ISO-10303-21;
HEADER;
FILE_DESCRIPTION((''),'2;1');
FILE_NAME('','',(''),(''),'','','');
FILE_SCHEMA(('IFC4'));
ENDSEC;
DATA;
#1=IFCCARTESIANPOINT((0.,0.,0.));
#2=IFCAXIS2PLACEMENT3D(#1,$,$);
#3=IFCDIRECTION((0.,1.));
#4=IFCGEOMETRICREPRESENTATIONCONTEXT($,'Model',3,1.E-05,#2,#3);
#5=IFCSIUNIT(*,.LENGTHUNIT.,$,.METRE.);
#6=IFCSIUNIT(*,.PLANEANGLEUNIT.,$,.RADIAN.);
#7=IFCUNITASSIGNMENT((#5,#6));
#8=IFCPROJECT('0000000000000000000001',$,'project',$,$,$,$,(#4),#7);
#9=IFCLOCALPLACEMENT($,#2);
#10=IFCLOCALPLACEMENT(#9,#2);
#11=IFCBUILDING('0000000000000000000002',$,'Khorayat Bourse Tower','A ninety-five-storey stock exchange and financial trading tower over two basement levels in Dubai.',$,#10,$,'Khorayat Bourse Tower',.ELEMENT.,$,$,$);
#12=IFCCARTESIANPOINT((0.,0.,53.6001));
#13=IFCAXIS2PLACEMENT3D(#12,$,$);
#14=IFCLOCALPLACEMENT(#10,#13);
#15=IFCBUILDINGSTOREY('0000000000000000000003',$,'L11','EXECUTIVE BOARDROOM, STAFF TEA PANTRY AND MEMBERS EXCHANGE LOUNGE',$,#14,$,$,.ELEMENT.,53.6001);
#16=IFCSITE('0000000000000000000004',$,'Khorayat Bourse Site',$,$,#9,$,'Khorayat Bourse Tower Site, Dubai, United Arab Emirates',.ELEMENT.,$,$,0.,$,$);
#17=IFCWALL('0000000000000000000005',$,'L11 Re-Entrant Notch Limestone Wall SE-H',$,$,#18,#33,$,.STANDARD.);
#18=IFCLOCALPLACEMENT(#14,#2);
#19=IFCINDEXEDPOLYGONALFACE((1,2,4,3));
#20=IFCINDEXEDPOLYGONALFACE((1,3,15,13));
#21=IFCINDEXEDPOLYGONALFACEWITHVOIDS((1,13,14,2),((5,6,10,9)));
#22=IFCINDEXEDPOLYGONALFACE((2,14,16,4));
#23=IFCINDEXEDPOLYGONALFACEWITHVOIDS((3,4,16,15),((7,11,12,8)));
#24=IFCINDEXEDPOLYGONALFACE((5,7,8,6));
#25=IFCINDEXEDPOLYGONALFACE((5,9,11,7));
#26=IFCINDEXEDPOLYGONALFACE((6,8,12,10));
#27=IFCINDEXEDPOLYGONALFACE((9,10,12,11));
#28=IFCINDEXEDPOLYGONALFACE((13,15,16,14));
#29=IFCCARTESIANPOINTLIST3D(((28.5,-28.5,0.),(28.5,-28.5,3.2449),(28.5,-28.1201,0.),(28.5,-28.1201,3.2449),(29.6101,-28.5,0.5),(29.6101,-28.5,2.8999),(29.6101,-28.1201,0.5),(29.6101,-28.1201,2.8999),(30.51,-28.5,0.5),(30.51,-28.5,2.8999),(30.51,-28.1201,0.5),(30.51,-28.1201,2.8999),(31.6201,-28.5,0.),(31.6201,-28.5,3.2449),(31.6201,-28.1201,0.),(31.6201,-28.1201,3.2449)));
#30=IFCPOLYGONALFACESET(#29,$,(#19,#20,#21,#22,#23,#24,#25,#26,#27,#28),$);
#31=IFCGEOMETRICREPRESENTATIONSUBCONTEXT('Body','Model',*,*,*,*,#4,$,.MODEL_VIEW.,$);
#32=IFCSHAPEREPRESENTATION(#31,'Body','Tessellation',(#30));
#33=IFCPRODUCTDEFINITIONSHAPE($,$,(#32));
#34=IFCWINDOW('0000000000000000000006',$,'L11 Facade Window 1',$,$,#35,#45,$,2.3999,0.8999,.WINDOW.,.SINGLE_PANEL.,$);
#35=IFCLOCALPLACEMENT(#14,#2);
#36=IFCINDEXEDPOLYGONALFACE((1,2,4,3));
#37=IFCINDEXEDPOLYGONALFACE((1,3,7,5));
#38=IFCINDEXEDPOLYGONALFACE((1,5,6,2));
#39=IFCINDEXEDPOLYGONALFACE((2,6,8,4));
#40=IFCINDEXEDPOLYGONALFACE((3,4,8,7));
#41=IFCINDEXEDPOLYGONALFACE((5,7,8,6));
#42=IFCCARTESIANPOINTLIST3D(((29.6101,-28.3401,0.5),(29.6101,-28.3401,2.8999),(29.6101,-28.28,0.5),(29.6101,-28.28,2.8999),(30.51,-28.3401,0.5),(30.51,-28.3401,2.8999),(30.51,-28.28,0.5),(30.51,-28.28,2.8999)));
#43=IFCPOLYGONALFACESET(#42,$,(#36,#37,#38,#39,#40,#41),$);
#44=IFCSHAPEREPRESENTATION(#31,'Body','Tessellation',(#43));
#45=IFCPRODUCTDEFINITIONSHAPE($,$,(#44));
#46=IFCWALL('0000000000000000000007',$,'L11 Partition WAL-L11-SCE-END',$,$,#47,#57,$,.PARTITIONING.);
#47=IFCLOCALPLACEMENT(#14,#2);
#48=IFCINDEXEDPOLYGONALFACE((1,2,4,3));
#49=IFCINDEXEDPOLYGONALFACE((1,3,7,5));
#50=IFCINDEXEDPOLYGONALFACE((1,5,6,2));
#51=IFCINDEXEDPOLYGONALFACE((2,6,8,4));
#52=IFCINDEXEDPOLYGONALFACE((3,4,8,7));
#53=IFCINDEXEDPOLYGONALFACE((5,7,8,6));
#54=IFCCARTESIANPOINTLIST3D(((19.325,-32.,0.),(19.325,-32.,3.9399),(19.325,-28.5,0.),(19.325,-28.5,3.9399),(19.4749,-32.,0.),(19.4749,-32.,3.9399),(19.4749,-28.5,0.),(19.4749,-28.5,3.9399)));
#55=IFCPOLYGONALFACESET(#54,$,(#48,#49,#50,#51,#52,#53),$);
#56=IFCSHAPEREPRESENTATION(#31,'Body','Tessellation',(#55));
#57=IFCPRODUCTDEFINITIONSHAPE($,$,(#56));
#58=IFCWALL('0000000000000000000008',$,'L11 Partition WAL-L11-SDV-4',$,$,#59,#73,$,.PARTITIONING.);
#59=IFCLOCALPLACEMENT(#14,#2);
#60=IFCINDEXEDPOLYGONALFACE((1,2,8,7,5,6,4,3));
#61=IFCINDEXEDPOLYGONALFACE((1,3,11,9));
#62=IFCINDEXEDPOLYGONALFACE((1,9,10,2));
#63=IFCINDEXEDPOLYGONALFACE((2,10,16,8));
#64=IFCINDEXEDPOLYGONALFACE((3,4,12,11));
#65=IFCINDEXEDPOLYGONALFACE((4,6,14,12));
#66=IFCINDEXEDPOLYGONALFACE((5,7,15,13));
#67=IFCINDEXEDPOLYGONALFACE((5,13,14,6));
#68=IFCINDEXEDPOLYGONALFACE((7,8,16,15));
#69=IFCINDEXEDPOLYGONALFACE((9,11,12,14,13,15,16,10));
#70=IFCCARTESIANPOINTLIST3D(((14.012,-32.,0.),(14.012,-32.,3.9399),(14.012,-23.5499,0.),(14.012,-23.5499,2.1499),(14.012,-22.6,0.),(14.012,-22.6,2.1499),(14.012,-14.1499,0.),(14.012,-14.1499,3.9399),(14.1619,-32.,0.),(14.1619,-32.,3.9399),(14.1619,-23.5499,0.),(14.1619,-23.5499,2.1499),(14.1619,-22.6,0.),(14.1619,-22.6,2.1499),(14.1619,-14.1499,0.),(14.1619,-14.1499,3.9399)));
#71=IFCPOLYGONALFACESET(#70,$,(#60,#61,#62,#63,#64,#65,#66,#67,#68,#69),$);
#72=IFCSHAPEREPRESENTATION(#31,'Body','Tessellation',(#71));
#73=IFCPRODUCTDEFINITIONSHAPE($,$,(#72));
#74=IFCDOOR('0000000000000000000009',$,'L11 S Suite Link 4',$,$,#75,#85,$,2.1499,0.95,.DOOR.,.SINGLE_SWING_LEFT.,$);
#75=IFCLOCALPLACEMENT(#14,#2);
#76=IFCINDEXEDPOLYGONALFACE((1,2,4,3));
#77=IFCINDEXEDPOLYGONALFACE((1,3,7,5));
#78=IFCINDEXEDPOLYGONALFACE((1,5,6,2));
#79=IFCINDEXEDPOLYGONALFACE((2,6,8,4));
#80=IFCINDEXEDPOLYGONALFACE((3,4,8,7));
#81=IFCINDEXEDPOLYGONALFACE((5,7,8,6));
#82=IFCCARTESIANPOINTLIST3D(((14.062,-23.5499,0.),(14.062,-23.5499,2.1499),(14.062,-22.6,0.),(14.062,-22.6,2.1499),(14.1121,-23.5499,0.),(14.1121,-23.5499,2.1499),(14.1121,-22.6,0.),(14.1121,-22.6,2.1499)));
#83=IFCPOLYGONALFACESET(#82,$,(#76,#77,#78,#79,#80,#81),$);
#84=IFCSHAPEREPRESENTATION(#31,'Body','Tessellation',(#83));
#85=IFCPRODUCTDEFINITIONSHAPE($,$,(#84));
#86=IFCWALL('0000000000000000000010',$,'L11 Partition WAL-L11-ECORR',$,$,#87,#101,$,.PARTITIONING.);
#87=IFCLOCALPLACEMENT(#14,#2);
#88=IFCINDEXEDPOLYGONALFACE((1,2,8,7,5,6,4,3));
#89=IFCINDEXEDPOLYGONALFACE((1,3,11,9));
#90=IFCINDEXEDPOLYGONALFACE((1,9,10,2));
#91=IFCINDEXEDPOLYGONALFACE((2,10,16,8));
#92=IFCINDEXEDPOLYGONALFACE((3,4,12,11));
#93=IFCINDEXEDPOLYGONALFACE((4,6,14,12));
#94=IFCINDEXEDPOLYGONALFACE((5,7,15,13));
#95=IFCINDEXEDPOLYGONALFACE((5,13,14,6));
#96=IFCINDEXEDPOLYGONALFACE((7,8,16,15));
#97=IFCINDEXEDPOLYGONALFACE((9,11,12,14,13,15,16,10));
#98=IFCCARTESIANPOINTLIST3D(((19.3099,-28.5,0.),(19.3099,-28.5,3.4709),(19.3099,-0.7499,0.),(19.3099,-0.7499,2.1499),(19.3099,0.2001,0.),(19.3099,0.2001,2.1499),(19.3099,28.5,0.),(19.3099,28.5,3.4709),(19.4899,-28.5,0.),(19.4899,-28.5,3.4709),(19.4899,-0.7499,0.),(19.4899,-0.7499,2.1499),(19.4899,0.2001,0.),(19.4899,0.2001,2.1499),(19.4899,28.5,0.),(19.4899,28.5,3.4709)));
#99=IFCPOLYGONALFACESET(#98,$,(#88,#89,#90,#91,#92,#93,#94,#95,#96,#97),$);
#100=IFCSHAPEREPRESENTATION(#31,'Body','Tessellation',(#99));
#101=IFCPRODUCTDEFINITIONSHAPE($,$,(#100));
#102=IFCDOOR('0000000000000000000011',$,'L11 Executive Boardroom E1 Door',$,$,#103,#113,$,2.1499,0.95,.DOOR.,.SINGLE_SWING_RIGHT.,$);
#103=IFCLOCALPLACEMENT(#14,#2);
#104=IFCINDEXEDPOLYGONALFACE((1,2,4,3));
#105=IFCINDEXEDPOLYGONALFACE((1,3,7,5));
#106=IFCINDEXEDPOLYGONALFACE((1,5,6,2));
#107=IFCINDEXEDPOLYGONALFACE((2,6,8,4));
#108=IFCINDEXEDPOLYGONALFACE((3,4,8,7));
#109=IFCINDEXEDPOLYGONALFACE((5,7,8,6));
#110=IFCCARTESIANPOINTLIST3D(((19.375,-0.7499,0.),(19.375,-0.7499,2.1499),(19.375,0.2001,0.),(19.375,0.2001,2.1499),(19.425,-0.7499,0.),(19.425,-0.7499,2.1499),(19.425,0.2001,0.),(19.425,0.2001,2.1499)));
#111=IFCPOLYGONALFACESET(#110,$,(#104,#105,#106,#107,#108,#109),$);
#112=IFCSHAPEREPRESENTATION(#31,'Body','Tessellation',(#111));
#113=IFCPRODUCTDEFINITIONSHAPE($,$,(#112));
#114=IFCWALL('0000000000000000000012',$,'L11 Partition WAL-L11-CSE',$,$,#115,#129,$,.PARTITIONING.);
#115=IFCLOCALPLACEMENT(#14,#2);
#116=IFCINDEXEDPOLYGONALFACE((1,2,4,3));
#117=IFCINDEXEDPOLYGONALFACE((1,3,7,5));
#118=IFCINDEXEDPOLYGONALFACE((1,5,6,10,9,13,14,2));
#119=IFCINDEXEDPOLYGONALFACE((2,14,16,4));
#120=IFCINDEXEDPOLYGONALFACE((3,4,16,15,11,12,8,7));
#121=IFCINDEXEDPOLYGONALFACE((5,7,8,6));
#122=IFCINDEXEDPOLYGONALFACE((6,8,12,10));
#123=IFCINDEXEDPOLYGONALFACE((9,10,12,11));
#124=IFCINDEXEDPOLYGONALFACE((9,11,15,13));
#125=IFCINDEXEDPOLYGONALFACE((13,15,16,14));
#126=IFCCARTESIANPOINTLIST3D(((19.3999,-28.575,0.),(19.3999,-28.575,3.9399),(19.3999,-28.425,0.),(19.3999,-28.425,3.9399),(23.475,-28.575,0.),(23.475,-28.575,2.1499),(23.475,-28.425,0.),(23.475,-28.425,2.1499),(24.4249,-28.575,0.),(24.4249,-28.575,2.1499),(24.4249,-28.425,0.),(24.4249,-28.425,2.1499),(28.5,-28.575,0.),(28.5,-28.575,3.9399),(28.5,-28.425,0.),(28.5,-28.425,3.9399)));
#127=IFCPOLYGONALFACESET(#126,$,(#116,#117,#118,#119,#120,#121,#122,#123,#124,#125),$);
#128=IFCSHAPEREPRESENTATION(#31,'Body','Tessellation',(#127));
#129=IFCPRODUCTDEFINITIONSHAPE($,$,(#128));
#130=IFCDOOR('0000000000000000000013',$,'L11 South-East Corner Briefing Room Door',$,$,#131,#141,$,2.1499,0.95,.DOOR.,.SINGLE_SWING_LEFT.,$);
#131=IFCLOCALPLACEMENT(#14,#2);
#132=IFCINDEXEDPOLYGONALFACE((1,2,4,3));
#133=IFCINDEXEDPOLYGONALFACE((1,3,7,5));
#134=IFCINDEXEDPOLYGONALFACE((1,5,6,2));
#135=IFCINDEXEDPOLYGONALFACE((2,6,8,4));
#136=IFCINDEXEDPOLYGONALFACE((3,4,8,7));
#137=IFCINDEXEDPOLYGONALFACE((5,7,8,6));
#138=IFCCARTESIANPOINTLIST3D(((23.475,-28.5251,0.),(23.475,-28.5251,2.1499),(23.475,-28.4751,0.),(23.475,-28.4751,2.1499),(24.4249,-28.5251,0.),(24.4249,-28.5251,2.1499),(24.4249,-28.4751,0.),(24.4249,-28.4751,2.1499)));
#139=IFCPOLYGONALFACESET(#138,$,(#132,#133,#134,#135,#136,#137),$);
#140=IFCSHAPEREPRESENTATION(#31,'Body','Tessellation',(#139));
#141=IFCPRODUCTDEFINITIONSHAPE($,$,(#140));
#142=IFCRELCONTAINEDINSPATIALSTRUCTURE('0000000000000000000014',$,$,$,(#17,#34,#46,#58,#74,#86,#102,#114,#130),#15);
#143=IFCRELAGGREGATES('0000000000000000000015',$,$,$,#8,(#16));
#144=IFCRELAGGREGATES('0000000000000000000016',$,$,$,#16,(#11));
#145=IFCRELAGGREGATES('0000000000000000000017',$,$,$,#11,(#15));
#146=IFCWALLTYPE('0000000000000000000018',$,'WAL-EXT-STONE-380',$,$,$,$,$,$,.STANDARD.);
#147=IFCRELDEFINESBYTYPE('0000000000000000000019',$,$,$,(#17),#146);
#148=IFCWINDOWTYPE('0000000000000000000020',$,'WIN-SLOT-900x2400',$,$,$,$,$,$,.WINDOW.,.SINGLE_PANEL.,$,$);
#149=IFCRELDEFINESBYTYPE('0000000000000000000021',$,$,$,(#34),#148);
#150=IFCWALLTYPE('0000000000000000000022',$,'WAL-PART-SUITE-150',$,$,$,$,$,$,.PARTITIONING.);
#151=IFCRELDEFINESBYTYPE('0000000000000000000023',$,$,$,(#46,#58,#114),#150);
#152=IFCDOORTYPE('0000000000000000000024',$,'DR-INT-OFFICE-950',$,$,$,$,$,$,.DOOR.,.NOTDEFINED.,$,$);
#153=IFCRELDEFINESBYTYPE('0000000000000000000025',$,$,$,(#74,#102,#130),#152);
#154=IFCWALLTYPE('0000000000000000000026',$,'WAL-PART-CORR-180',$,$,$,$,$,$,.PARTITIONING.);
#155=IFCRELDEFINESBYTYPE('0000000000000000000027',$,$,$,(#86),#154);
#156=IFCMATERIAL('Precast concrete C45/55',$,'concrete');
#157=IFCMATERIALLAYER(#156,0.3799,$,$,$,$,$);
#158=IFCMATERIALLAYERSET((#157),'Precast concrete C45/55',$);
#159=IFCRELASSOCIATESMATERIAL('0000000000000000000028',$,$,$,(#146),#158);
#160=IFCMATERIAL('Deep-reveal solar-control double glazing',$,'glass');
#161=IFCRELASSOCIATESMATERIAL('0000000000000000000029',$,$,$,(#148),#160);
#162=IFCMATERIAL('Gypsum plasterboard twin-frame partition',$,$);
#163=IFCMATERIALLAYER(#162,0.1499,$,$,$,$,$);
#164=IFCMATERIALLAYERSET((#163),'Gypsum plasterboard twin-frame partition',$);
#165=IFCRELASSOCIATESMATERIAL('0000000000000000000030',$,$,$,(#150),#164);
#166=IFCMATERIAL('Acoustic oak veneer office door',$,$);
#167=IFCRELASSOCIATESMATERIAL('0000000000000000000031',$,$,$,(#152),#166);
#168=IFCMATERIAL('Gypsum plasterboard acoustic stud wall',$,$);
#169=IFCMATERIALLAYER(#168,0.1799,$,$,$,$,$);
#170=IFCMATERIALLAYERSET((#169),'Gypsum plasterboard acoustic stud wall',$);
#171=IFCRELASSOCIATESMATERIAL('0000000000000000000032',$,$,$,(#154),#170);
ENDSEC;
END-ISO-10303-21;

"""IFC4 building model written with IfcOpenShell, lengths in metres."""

from ifc_helpers import new_model, si_unit, direction, frame, frame_2d, origin, place, context, subcontext, project, spatial, rectangle, extrude, source, transform, mapped, material, layer, layer_set, type_object, element, fill, save


model = new_model("IFC4")

# Units and contexts
model_context = context("Model", 3, precision=1e-05, world=origin(), true_north=direction((0.0, 1.0)))
body_context = subcontext(model_context, "Body", "Model", "MODEL_VIEW")
ifc_project = project(units=[si_unit("LENGTHUNIT", "METRE"), si_unit("PLANEANGLEUNIT", "RADIAN")], contexts=[model_context])

# Site, building, storey
site_placement = place(None, origin())
site = spatial("IfcSite", under=ifc_project, at=site_placement, Name="Khorayat Bourse Site", LongName="Khorayat Bourse Tower Site, Dubai, United Arab Emirates", CompositionType="ELEMENT", RefElevation=0.0)
building_placement = place(site_placement, origin())
building = spatial("IfcBuilding", under=site, at=building_placement, Name="Khorayat Bourse Tower", Description="A ninety-five-storey stock exchange and financial trading tower over two basement levels in Dubai.", LongName="Khorayat Bourse Tower", CompositionType="ELEMENT")
storey_placement = place(building_placement, frame((0.0, 0.0, 53.6001)))
storey = spatial("IfcBuildingStorey", under=building, at=storey_placement, Name="L11", Description="EXECUTIVE BOARDROOM, STAFF TEA PANTRY AND MEMBERS EXCHANGE LOUNGE", CompositionType="ELEMENT", Elevation=53.6001)

# Wall, opening, window
ifc_material_1 = material(Name="Precast concrete C45/55", Category="concrete")
ifc_layer_1 = layer(ifc_material_1, 0.3799)
ifc_layer_set_1 = layer_set([ifc_layer_1], Name="Precast concrete C45/55")
wall_type_1 = type_object("IfcWallType", Name="WAL-EXT-STONE-380", PredefinedType="STANDARD", material=ifc_layer_set_1)
shared_shape_1 = source(origin(), body_context, "Body", "SweptSolid", [
    extrude(rectangle(XDim=3.1201, YDim=0.3799, at=frame_2d((1.5601, 0.0))), origin(), (0.0, 0.0, 1.0), 3.2449),
])
shared_shape_2 = source(origin(), body_context, "Body", "SweptSolid", [
    extrude(rectangle(XDim=0.8999, YDim=2.3999, at=frame_2d((0.45, 1.2))), frame((0.0, 0.2, 0.0), z_axis=(0.0, -1.0, 0.0), x_axis=(1.0, 0.0, 0.0)), (0.0, 0.0, 1.0), 0.3999),
])
ifc_material_2 = material(Name="Deep-reveal solar-control double glazing", Category="glass")
window_type = type_object("IfcWindowType", Name="WIN-SLOT-900x2400", PartitioningType="SINGLE_PANEL", PredefinedType="WINDOW", material=ifc_material_2)
shared_shape_3 = source(origin(), body_context, "Body", "SweptSolid", [
    extrude(rectangle(XDim=0.8999, YDim=2.3999, at=frame_2d((0.45, 1.2))), frame((0.0, 0.03, 0.0), z_axis=(0.0, -1.0, 0.0), x_axis=(1.0, 0.0, 0.0)), (0.0, 0.0, 1.0), 0.0601),
])
wall_1_placement = place(storey_placement, frame((28.5, -28.3101, 0.0), z_axis=(0.0, 0.0, 1.0), x_axis=(1.0, 0.0, 0.0)))
wall_1 = element("IfcWall", 1, at=wall_1_placement, inside=storey, type_object=wall_type_1, Name="L11 Re-Entrant Notch Limestone Wall SE-H", PredefinedType="STANDARD", context=body_context, shape_type="MappedRepresentation", body=[
    mapped(shared_shape_1, transform((0.0, 0.0, 0.0), scale=1.0)),
])
opening_1_placement = place(wall_1_placement, frame((1.1101, 0.0, 0.5)))
opening_1 = element("IfcOpeningElement", 2, at=opening_1_placement, cuts=wall_1, PredefinedType="OPENING", context=body_context, shape_type="MappedRepresentation", body=[
    mapped(shared_shape_2, transform((0.0, 0.0, 0.0), scale=1.0)),
])
window_1_placement = place(opening_1_placement, origin())
window_1 = element("IfcWindow", 3, at=window_1_placement, inside=storey, type_object=window_type, Name="L11 Facade Window 1", OverallHeight=2.3999, OverallWidth=0.8999, PartitioningType="SINGLE_PANEL", PredefinedType="WINDOW", context=body_context, shape_type="MappedRepresentation", body=[
    mapped(shared_shape_3, transform((0.0, 0.0, 0.0), scale=1.0)),
])
fill(opening_1, window_1)

# Wall
ifc_material_3 = material(Name="Gypsum plasterboard twin-frame partition")
ifc_layer_2 = layer(ifc_material_3, 0.1499)
ifc_layer_set_2 = layer_set([ifc_layer_2], Name="Gypsum plasterboard twin-frame partition")
wall_type_2 = type_object("IfcWallType", Name="WAL-PART-SUITE-150", PredefinedType="PARTITIONING", material=ifc_layer_set_2)
shared_shape_4 = source(origin(), body_context, "Body", "SweptSolid", [
    extrude(rectangle(XDim=3.5, YDim=0.1499, at=frame_2d((1.75, 0.0))), origin(), (0.0, 0.0, 1.0), 3.9399),
])
wall_2_placement = place(storey_placement, frame((19.3999, -32.0, 0.0), z_axis=(0.0, 0.0, 1.0), x_axis=(0.0, 1.0, 0.0)))
element("IfcWall", 4, at=wall_2_placement, inside=storey, type_object=wall_type_2, Name="L11 Partition WAL-L11-SCE-END", PredefinedType="PARTITIONING", context=body_context, shape_type="MappedRepresentation", body=[
    mapped(shared_shape_4, transform((0.0, 0.0, 0.0), scale=1.0)),
])

# Walls, openings, doors
shared_shape_5 = source(origin(), body_context, "Body", "SweptSolid", [
    extrude(rectangle(XDim=17.8501, YDim=0.1499, at=frame_2d((8.925, 0.0))), origin(), (0.0, 0.0, 1.0), 3.9399),
])
wall_3_placement = place(storey_placement, frame((14.0869, -32.0, 0.0), z_axis=(0.0, 0.0, 1.0), x_axis=(0.0, 1.0, 0.0)))
wall_3 = element("IfcWall", 5, at=wall_3_placement, inside=storey, type_object=wall_type_2, Name="L11 Partition WAL-L11-SDV-4", PredefinedType="PARTITIONING", context=body_context, shape_type="MappedRepresentation", body=[
    mapped(shared_shape_5, transform((0.0, 0.0, 0.0), scale=1.0)),
])
shared_shape_6 = source(origin(), body_context, "Body", "SweptSolid", [
    extrude(rectangle(XDim=0.95, YDim=2.1499, at=frame_2d((0.4751, 1.075))), frame((0.0, 0.085, 0.0), z_axis=(0.0, -1.0, 0.0), x_axis=(1.0, 0.0, 0.0)), (0.0, 0.0, 1.0), 0.1699),
])
opening_2_placement = place(wall_3_placement, frame((8.45, 0.0, 0.0)))
opening_2 = element("IfcOpeningElement", 6, at=opening_2_placement, cuts=wall_3, PredefinedType="OPENING", context=body_context, shape_type="MappedRepresentation", body=[
    mapped(shared_shape_6, transform((0.0, 0.0, 0.0), scale=1.0)),
])
ifc_material_4 = material(Name="Acoustic oak veneer office door")
door_type = type_object("IfcDoorType", Name="DR-INT-OFFICE-950", OperationType="NOTDEFINED", PredefinedType="DOOR", material=ifc_material_4)
shared_shape_7 = source(origin(), body_context, "Body", "SweptSolid", [
    extrude(rectangle(XDim=0.95, YDim=2.1499, at=frame_2d((0.4751, 1.075))), frame((0.0, 0.0249, 0.0), z_axis=(0.0, -1.0, 0.0), x_axis=(1.0, 0.0, 0.0)), (0.0, 0.0, 1.0), 0.05),
])
door_1_placement = place(opening_2_placement, origin())
door_1 = element("IfcDoor", 7, at=door_1_placement, inside=storey, type_object=door_type, Name="L11 S Suite Link 4", OperationType="SINGLE_SWING_LEFT", OverallHeight=2.1499, OverallWidth=0.95, PredefinedType="DOOR", context=body_context, shape_type="MappedRepresentation", body=[
    mapped(shared_shape_7, transform((0.0, 0.0, 0.0), scale=1.0)),
])
fill(opening_2, door_1)
ifc_material_5 = material(Name="Gypsum plasterboard acoustic stud wall")
ifc_layer_3 = layer(ifc_material_5, 0.1799)
ifc_layer_set_3 = layer_set([ifc_layer_3], Name="Gypsum plasterboard acoustic stud wall")
wall_type_3 = type_object("IfcWallType", Name="WAL-PART-CORR-180", PredefinedType="PARTITIONING", material=ifc_layer_set_3)
shared_shape_8 = source(origin(), body_context, "Body", "SweptSolid", [
    extrude(rectangle(XDim=57.0, YDim=0.1799, at=frame_2d((28.5, 0.0))), origin(), (0.0, 0.0, 1.0), 3.4709),
])
wall_4_placement = place(storey_placement, frame((19.3999, -28.5, 0.0), z_axis=(0.0, 0.0, 1.0), x_axis=(0.0, 1.0, 0.0)))
wall_4 = element("IfcWall", 8, at=wall_4_placement, inside=storey, type_object=wall_type_3, Name="L11 Partition WAL-L11-ECORR", PredefinedType="PARTITIONING", context=body_context, shape_type="MappedRepresentation", body=[
    mapped(shared_shape_8, transform((0.0, 0.0, 0.0), scale=1.0)),
])
shared_shape_9 = source(origin(), body_context, "Body", "SweptSolid", [
    extrude(rectangle(XDim=0.95, YDim=2.1499, at=frame_2d((0.4751, 1.075))), frame((0.0, 0.0999, 0.0), z_axis=(0.0, -1.0, 0.0), x_axis=(1.0, 0.0, 0.0)), (0.0, 0.0, 1.0), 0.2),
])
opening_3_placement = place(wall_4_placement, frame((27.75, 0.0, 0.0)))
opening_3 = element("IfcOpeningElement", 9, at=opening_3_placement, cuts=wall_4, PredefinedType="OPENING", context=body_context, shape_type="MappedRepresentation", body=[
    mapped(shared_shape_9, transform((0.0, 0.0, 0.0), scale=1.0)),
])
door_2_placement = place(opening_3_placement, origin())
door_2 = element("IfcDoor", 10, at=door_2_placement, inside=storey, type_object=door_type, Name="L11 Executive Boardroom E1 Door", OperationType="SINGLE_SWING_RIGHT", OverallHeight=2.1499, OverallWidth=0.95, PredefinedType="DOOR", context=body_context, shape_type="MappedRepresentation", body=[
    mapped(shared_shape_7, transform((0.0, 0.0, 0.0), scale=1.0)),
])
fill(opening_3, door_2)
shared_shape_10 = source(origin(), body_context, "Body", "SweptSolid", [
    extrude(rectangle(XDim=9.1001, YDim=0.1499, at=frame_2d((4.55, 0.0))), origin(), (0.0, 0.0, 1.0), 3.9399),
])
wall_5_placement = place(storey_placement, frame((19.3999, -28.5, 0.0), z_axis=(0.0, 0.0, 1.0), x_axis=(1.0, 0.0, 0.0)))
wall_5 = element("IfcWall", 11, at=wall_5_placement, inside=storey, type_object=wall_type_2, Name="L11 Partition WAL-L11-CSE", PredefinedType="PARTITIONING", context=body_context, shape_type="MappedRepresentation", body=[
    mapped(shared_shape_10, transform((0.0, 0.0, 0.0), scale=1.0)),
])
opening_4_placement = place(wall_5_placement, frame((4.075, 0.0, 0.0)))
opening_4 = element("IfcOpeningElement", 12, at=opening_4_placement, cuts=wall_5, PredefinedType="OPENING", context=body_context, shape_type="MappedRepresentation", body=[
    mapped(shared_shape_6, transform((0.0, 0.0, 0.0), scale=1.0)),
])
door_3_placement = place(opening_4_placement, origin())
door_3 = element("IfcDoor", 13, at=door_3_placement, inside=storey, type_object=door_type, Name="L11 South-East Corner Briefing Room Door", OperationType="SINGLE_SWING_LEFT", OverallHeight=2.1499, OverallWidth=0.95, PredefinedType="DOOR", context=body_context, shape_type="MappedRepresentation", body=[
    mapped(shared_shape_7, transform((0.0, 0.0, 0.0), scale=1.0)),
])
fill(opening_4, door_3)

save(model, "model.ifc")
